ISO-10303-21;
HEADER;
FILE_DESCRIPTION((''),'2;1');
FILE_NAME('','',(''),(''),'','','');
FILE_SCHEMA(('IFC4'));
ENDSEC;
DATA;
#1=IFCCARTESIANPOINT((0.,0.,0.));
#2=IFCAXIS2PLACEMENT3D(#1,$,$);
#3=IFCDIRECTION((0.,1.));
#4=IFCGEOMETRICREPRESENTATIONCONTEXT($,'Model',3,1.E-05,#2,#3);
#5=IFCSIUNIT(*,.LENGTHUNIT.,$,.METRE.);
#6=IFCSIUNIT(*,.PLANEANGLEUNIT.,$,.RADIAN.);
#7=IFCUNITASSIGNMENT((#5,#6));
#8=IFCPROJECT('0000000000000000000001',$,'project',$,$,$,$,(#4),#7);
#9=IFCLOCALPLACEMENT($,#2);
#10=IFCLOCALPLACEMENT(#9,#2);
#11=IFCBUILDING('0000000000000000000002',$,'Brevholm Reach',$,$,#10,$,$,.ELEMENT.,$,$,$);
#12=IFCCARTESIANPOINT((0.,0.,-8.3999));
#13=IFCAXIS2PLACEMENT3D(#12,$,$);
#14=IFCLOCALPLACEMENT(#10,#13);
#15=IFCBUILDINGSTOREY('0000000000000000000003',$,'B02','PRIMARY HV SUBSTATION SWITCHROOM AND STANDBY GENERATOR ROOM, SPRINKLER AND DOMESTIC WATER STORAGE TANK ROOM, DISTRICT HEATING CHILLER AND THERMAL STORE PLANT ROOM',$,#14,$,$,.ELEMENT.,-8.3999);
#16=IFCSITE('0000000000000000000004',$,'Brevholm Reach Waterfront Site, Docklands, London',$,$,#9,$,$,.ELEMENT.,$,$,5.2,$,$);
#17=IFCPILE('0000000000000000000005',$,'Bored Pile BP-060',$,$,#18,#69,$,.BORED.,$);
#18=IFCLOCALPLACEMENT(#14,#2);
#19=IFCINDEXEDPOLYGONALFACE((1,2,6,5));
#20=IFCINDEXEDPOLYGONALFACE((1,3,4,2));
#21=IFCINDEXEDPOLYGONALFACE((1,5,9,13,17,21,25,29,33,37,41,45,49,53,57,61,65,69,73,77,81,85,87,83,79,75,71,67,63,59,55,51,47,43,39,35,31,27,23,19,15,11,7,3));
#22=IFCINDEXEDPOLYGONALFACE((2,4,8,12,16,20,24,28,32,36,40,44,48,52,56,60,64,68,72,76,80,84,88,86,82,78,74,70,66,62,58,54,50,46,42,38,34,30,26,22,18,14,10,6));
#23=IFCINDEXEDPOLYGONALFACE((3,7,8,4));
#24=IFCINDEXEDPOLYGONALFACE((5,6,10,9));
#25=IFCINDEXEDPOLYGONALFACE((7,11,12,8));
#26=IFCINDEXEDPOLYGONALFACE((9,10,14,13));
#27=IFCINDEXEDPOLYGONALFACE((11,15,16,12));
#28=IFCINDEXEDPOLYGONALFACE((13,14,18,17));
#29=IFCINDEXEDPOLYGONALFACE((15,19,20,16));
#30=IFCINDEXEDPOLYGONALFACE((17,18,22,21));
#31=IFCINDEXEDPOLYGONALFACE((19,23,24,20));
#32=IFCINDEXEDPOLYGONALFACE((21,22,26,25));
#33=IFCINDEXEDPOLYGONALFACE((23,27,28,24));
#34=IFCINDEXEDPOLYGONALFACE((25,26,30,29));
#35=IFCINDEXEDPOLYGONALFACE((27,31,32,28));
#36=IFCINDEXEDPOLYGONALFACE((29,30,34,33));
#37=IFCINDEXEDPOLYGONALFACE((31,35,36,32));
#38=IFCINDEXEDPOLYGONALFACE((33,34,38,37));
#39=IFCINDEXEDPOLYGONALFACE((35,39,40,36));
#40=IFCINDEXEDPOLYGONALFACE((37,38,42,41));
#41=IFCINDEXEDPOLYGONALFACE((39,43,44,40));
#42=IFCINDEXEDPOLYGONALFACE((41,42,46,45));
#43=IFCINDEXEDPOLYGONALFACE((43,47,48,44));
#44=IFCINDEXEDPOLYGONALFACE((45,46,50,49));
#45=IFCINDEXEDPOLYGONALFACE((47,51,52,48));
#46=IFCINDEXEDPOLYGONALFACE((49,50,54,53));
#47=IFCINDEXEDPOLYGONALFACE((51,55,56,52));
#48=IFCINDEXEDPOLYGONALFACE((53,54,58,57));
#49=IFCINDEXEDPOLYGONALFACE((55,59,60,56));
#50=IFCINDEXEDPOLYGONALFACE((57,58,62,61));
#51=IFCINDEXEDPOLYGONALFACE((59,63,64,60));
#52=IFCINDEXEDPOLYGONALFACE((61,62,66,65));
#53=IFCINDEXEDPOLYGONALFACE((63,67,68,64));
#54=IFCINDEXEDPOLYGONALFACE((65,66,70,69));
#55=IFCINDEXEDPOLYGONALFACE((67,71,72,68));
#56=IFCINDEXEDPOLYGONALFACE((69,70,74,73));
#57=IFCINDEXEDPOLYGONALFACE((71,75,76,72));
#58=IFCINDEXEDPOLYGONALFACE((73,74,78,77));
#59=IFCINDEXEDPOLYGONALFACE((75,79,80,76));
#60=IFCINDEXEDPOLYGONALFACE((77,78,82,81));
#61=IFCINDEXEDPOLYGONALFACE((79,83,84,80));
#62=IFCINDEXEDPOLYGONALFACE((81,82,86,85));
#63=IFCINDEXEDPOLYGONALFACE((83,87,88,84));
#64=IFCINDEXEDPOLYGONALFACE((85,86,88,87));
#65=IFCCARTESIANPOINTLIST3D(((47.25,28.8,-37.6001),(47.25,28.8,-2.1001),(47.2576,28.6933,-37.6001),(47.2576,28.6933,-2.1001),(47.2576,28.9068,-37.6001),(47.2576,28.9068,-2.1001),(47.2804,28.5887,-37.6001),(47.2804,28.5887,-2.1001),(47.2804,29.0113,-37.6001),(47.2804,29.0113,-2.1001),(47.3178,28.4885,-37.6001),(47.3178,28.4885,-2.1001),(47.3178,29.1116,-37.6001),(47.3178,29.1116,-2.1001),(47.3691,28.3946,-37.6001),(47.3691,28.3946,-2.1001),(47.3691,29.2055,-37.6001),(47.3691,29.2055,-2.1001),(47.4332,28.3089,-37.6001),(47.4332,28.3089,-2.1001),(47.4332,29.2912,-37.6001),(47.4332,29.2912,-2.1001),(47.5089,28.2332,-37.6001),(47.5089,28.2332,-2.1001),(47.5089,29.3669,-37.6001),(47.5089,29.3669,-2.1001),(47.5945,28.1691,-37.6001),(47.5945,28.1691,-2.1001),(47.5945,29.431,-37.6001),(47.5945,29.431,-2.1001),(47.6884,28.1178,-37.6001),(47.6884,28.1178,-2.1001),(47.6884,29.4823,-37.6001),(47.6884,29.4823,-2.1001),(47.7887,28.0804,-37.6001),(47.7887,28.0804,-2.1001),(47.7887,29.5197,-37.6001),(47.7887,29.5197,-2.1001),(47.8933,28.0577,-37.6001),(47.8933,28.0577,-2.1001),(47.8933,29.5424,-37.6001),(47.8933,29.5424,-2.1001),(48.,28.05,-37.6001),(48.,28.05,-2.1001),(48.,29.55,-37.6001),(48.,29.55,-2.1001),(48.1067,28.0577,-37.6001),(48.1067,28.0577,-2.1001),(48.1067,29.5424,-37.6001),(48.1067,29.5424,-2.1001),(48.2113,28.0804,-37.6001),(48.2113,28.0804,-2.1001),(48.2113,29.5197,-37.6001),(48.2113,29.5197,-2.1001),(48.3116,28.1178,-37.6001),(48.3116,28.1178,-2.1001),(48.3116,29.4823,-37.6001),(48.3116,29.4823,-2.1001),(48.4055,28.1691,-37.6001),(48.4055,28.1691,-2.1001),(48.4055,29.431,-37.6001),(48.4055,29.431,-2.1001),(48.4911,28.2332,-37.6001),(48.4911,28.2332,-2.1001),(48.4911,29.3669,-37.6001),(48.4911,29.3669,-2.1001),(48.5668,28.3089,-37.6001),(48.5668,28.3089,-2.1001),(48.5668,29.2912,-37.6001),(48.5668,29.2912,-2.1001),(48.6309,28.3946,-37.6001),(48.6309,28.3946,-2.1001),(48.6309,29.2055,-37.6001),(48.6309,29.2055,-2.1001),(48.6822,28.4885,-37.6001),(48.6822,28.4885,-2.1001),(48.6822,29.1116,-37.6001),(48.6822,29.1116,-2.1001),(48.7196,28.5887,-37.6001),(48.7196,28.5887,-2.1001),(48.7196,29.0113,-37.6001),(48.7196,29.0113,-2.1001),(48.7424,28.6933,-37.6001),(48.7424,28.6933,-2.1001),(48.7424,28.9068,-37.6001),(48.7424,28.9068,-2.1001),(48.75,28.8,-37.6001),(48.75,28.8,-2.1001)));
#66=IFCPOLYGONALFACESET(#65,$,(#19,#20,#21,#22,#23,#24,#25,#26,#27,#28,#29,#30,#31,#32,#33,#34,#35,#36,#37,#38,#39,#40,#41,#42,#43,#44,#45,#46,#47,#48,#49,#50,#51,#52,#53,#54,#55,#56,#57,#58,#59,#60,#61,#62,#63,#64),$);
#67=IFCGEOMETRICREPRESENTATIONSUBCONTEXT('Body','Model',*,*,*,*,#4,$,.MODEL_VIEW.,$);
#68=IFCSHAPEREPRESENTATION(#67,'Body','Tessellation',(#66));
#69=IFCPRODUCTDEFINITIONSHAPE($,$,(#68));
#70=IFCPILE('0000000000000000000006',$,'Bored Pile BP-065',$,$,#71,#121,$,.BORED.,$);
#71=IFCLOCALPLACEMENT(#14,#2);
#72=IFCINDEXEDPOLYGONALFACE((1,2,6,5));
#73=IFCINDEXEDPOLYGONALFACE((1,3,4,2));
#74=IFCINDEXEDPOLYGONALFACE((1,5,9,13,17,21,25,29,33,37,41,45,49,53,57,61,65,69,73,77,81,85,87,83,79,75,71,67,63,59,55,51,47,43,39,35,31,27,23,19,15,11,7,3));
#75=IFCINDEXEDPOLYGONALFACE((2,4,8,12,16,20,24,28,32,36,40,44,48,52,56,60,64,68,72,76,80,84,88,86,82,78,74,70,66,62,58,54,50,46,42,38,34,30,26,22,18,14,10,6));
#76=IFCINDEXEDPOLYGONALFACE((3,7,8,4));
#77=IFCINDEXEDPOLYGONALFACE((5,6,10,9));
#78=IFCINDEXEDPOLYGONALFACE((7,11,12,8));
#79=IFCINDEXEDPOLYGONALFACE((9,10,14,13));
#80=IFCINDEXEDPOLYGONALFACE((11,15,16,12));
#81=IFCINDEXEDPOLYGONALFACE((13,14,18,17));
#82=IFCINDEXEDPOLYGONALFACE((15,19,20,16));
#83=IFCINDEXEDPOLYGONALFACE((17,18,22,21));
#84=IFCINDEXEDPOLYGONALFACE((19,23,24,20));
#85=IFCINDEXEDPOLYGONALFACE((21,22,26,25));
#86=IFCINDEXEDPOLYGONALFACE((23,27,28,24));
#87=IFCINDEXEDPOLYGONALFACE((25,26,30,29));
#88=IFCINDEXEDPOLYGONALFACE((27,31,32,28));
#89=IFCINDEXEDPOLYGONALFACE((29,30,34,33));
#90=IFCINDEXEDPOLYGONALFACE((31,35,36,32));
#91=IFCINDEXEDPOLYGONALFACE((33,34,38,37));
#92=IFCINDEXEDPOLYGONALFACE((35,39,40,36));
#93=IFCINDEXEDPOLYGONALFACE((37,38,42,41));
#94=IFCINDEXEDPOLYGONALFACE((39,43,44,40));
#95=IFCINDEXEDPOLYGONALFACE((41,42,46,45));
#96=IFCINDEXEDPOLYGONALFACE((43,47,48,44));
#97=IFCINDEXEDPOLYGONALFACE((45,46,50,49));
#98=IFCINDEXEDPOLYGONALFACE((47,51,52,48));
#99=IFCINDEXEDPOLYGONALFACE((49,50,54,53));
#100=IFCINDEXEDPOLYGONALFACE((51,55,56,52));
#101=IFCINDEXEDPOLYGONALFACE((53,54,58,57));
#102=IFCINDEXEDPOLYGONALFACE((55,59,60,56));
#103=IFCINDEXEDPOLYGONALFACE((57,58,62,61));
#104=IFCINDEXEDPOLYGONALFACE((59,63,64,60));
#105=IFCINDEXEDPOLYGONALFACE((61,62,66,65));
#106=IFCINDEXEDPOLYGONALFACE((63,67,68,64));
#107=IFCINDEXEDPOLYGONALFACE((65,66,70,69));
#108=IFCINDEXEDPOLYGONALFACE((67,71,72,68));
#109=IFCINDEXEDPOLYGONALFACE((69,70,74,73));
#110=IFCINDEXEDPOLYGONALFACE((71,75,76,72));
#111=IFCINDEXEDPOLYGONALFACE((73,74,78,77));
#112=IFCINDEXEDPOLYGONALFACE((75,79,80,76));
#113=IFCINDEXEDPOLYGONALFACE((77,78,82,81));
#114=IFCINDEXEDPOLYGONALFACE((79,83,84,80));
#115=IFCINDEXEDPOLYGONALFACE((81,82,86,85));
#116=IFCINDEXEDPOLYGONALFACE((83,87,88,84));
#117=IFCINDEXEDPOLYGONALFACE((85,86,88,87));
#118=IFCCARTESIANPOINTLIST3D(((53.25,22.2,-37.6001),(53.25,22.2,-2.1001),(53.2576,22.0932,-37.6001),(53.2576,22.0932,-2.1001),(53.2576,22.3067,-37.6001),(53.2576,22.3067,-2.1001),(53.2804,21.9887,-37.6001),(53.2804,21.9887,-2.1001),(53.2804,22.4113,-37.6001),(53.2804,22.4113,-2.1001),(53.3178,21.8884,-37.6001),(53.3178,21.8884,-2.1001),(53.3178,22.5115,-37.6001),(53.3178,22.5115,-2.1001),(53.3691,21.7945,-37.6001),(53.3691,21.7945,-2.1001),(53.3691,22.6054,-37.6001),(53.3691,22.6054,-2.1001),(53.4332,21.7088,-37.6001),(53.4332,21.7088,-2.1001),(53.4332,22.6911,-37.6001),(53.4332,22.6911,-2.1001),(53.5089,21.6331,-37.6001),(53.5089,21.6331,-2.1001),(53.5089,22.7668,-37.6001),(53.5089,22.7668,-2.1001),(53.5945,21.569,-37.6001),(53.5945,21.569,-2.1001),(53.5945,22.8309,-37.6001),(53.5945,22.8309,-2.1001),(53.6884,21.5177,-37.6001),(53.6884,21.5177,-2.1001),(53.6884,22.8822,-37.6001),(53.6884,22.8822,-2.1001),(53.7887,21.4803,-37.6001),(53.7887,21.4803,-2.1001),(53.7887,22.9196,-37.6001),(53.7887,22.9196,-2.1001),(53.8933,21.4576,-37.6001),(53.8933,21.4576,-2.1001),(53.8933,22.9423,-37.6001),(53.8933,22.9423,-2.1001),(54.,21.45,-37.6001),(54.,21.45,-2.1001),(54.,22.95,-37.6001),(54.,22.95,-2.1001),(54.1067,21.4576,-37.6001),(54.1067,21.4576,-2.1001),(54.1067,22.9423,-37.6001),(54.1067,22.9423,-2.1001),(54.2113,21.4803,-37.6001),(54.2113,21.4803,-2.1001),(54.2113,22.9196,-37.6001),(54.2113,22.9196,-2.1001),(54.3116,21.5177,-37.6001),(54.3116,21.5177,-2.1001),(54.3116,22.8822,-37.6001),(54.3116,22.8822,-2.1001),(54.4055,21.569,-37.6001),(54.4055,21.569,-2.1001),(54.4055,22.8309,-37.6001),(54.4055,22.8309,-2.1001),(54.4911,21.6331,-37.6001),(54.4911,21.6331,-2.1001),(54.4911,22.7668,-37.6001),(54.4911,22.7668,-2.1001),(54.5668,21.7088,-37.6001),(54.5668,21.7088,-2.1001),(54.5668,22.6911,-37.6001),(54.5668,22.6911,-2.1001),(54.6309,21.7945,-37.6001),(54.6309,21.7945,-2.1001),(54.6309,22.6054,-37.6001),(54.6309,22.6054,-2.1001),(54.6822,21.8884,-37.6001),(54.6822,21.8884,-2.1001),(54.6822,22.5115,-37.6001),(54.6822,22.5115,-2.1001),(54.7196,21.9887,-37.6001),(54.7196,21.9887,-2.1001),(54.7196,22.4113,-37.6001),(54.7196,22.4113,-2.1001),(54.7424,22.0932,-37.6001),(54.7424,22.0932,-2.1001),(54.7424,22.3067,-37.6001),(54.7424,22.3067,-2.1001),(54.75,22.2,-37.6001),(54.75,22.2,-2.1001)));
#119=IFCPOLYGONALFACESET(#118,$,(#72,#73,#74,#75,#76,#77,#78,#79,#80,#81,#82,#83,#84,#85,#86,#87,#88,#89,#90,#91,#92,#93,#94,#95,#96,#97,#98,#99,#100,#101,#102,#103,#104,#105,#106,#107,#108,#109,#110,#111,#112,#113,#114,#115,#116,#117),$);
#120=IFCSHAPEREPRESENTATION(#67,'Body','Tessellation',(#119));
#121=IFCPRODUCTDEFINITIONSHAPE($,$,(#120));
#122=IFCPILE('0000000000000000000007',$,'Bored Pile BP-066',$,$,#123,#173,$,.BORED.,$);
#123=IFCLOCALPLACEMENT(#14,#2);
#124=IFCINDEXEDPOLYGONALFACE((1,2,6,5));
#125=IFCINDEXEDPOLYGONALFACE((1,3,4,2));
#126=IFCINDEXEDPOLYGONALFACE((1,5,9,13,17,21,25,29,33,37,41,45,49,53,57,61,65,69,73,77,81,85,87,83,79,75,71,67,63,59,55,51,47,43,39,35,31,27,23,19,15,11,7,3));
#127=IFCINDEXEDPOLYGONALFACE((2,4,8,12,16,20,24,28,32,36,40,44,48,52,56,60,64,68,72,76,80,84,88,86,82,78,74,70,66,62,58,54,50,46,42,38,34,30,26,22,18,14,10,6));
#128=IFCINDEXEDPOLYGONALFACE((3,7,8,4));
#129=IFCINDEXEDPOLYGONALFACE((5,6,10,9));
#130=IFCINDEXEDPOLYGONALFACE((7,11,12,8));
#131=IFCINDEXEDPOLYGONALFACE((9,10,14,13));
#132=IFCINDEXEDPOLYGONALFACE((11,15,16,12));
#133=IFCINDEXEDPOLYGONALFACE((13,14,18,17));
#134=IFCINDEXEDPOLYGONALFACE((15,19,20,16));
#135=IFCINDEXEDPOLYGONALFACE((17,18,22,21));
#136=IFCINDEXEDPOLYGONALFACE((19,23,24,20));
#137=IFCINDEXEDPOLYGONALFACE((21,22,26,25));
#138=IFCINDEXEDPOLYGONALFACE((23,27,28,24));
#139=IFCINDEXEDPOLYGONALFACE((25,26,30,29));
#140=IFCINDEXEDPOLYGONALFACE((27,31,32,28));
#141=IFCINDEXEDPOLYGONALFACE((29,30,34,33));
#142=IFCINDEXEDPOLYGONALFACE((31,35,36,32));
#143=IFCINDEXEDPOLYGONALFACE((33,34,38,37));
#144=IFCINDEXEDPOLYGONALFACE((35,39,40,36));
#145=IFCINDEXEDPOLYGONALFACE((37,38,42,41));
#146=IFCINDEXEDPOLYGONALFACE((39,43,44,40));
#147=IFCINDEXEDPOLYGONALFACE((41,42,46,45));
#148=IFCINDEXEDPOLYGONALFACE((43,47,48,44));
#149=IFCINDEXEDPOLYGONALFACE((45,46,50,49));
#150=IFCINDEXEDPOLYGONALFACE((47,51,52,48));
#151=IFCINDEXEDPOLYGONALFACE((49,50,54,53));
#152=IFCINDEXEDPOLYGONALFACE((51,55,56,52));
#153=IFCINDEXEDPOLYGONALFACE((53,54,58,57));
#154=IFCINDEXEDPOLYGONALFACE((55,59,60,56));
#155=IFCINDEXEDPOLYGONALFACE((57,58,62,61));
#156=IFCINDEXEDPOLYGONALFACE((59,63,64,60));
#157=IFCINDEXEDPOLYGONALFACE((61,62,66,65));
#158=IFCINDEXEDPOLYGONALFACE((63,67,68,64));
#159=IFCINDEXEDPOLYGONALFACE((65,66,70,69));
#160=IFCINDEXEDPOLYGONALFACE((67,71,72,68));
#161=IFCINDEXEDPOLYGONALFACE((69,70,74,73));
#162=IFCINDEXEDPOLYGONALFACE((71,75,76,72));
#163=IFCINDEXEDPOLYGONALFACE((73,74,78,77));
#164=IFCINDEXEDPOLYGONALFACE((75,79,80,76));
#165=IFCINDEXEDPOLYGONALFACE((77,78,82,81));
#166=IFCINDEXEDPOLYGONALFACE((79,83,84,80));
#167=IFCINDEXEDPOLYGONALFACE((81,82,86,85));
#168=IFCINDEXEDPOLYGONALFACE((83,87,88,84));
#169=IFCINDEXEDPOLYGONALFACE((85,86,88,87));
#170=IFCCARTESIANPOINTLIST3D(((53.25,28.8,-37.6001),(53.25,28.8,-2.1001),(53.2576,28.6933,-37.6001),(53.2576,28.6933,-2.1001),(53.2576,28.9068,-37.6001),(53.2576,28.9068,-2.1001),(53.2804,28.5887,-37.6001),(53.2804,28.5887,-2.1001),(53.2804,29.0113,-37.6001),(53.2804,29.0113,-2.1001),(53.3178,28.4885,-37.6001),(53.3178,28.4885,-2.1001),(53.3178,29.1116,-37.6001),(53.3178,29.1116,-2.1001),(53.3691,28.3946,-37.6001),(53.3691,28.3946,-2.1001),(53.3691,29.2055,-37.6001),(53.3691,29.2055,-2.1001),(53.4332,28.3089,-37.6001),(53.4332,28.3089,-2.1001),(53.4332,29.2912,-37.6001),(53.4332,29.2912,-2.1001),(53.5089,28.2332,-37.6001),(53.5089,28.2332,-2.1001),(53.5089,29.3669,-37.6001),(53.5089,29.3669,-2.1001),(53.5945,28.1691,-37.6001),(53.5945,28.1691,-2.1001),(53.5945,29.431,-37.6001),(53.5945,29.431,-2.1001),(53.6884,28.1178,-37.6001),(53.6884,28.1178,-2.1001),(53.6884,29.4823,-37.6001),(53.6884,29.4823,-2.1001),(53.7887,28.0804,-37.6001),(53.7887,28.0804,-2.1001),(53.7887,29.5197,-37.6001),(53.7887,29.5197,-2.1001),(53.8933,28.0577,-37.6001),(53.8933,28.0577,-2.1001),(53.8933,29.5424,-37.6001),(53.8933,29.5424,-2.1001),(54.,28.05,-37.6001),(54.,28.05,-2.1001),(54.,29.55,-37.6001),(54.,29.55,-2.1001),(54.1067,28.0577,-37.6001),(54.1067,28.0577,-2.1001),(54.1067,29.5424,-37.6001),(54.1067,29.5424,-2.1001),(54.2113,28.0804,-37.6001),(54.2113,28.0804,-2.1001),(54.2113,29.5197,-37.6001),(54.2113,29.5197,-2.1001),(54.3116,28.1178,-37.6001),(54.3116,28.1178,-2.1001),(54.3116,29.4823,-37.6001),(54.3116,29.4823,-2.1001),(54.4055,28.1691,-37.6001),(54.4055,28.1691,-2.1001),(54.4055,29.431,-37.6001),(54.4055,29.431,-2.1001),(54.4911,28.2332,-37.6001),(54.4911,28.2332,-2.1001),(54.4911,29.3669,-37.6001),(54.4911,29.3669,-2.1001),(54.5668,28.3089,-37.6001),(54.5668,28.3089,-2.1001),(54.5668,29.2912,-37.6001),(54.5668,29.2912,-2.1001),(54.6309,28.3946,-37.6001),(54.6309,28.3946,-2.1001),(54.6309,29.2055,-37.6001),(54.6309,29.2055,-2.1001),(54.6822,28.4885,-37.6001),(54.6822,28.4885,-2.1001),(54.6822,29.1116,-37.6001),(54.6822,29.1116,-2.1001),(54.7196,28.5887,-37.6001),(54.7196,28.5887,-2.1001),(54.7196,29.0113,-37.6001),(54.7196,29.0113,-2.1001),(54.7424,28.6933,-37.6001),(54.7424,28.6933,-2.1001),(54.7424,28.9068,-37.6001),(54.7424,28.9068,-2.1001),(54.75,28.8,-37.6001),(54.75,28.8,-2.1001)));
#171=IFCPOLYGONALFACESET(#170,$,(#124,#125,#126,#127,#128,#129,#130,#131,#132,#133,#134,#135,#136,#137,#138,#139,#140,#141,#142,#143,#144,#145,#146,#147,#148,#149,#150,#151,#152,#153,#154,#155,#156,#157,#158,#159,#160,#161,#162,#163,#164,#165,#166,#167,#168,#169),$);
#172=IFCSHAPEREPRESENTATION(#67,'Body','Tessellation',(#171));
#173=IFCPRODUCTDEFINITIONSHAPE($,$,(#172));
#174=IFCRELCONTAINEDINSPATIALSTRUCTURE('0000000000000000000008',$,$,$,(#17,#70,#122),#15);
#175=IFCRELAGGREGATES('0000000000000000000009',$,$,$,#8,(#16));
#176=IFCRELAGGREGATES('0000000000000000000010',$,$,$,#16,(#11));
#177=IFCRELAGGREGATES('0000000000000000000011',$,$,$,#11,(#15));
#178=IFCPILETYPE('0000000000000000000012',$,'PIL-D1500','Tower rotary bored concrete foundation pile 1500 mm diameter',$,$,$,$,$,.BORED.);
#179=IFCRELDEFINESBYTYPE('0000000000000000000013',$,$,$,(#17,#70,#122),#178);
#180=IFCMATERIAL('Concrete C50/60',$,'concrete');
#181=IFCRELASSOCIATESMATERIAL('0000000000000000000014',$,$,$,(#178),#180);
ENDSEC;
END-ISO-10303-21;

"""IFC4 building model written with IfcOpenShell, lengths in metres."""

from ifc_helpers import new_model, si_unit, direction, frame, origin, origin_2d, place, context, subcontext, project, spatial, circle, extrude, material, material_profile, profile_set, type_object, element, save


model = new_model("IFC4")

# Units and contexts
model_context = context("Model", 3, precision=1e-05, world=origin(), true_north=direction((0.0, 1.0)))
body_context = subcontext(model_context, "Body", "Model", "MODEL_VIEW")
ifc_project = project(units=[si_unit("LENGTHUNIT", "METRE"), si_unit("PLANEANGLEUNIT", "RADIAN")], contexts=[model_context])

# Site, building, storey
site_placement = place(None, origin())
site = spatial("IfcSite", under=ifc_project, at=site_placement, Name="Brevholm Reach Waterfront Site, Docklands, London", CompositionType="ELEMENT", RefElevation=5.2)
building_placement = place(site_placement, origin())
building = spatial("IfcBuilding", under=site, at=building_placement, Name="Brevholm Reach", CompositionType="ELEMENT")
storey_placement = place(building_placement, frame((0.0, 0.0, -8.3999)))
storey = spatial("IfcBuildingStorey", under=building, at=storey_placement, Name="B02", Description="PRIMARY HV SUBSTATION SWITCHROOM AND STANDBY GENERATOR ROOM, SPRINKLER AND DOMESTIC WATER STORAGE TANK ROOM, DISTRICT HEATING CHILLER AND THERMAL STORE PLANT ROOM", CompositionType="ELEMENT", Elevation=-8.3999)

# Piles
ifc_material_1 = material(Name="Concrete C50/60", Category="concrete")
ifc_material_profile_1 = material_profile(ifc_material_1, circle(Radius=0.75, at=origin_2d()), Name="PILE D1500")
ifc_profile_set_1 = profile_set([ifc_material_profile_1], Name="Concrete C50/60")
pile_type_1 = type_object("IfcPileType", Name="PIL-D1500", Description="Tower rotary bored concrete foundation pile 1500 mm diameter", PredefinedType="BORED", material=ifc_profile_set_1)
for number, where, z_axis, x_axis, name in (
    (1, (48.0, 28.8, -2.1001), (0.0, 0.0, -1.0), (1.0, 0.0, 0.0), "Bored Pile BP-060"),
    (2, (54.0, 22.2, -2.1001), (0.0, 0.0, -1.0), (1.0, 0.0, 0.0), "Bored Pile BP-065"),
    (3, (54.0, 28.8, -2.1001), (0.0, 0.0, -1.0), (1.0, 0.0, 0.0), "Bored Pile BP-066"),
):
    element("IfcPile", number, at=place(storey_placement, frame(where, z_axis=z_axis, x_axis=x_axis)), inside=storey, type_object=pile_type_1, Name=name, PredefinedType="BORED", context=body_context, shape_type="SweptSolid", body=[
        extrude(circle(Radius=0.75, at=origin_2d()), origin(), (0.0, 0.0, 1.0), 35.5),
    ])

save(model, "model.ifc")
